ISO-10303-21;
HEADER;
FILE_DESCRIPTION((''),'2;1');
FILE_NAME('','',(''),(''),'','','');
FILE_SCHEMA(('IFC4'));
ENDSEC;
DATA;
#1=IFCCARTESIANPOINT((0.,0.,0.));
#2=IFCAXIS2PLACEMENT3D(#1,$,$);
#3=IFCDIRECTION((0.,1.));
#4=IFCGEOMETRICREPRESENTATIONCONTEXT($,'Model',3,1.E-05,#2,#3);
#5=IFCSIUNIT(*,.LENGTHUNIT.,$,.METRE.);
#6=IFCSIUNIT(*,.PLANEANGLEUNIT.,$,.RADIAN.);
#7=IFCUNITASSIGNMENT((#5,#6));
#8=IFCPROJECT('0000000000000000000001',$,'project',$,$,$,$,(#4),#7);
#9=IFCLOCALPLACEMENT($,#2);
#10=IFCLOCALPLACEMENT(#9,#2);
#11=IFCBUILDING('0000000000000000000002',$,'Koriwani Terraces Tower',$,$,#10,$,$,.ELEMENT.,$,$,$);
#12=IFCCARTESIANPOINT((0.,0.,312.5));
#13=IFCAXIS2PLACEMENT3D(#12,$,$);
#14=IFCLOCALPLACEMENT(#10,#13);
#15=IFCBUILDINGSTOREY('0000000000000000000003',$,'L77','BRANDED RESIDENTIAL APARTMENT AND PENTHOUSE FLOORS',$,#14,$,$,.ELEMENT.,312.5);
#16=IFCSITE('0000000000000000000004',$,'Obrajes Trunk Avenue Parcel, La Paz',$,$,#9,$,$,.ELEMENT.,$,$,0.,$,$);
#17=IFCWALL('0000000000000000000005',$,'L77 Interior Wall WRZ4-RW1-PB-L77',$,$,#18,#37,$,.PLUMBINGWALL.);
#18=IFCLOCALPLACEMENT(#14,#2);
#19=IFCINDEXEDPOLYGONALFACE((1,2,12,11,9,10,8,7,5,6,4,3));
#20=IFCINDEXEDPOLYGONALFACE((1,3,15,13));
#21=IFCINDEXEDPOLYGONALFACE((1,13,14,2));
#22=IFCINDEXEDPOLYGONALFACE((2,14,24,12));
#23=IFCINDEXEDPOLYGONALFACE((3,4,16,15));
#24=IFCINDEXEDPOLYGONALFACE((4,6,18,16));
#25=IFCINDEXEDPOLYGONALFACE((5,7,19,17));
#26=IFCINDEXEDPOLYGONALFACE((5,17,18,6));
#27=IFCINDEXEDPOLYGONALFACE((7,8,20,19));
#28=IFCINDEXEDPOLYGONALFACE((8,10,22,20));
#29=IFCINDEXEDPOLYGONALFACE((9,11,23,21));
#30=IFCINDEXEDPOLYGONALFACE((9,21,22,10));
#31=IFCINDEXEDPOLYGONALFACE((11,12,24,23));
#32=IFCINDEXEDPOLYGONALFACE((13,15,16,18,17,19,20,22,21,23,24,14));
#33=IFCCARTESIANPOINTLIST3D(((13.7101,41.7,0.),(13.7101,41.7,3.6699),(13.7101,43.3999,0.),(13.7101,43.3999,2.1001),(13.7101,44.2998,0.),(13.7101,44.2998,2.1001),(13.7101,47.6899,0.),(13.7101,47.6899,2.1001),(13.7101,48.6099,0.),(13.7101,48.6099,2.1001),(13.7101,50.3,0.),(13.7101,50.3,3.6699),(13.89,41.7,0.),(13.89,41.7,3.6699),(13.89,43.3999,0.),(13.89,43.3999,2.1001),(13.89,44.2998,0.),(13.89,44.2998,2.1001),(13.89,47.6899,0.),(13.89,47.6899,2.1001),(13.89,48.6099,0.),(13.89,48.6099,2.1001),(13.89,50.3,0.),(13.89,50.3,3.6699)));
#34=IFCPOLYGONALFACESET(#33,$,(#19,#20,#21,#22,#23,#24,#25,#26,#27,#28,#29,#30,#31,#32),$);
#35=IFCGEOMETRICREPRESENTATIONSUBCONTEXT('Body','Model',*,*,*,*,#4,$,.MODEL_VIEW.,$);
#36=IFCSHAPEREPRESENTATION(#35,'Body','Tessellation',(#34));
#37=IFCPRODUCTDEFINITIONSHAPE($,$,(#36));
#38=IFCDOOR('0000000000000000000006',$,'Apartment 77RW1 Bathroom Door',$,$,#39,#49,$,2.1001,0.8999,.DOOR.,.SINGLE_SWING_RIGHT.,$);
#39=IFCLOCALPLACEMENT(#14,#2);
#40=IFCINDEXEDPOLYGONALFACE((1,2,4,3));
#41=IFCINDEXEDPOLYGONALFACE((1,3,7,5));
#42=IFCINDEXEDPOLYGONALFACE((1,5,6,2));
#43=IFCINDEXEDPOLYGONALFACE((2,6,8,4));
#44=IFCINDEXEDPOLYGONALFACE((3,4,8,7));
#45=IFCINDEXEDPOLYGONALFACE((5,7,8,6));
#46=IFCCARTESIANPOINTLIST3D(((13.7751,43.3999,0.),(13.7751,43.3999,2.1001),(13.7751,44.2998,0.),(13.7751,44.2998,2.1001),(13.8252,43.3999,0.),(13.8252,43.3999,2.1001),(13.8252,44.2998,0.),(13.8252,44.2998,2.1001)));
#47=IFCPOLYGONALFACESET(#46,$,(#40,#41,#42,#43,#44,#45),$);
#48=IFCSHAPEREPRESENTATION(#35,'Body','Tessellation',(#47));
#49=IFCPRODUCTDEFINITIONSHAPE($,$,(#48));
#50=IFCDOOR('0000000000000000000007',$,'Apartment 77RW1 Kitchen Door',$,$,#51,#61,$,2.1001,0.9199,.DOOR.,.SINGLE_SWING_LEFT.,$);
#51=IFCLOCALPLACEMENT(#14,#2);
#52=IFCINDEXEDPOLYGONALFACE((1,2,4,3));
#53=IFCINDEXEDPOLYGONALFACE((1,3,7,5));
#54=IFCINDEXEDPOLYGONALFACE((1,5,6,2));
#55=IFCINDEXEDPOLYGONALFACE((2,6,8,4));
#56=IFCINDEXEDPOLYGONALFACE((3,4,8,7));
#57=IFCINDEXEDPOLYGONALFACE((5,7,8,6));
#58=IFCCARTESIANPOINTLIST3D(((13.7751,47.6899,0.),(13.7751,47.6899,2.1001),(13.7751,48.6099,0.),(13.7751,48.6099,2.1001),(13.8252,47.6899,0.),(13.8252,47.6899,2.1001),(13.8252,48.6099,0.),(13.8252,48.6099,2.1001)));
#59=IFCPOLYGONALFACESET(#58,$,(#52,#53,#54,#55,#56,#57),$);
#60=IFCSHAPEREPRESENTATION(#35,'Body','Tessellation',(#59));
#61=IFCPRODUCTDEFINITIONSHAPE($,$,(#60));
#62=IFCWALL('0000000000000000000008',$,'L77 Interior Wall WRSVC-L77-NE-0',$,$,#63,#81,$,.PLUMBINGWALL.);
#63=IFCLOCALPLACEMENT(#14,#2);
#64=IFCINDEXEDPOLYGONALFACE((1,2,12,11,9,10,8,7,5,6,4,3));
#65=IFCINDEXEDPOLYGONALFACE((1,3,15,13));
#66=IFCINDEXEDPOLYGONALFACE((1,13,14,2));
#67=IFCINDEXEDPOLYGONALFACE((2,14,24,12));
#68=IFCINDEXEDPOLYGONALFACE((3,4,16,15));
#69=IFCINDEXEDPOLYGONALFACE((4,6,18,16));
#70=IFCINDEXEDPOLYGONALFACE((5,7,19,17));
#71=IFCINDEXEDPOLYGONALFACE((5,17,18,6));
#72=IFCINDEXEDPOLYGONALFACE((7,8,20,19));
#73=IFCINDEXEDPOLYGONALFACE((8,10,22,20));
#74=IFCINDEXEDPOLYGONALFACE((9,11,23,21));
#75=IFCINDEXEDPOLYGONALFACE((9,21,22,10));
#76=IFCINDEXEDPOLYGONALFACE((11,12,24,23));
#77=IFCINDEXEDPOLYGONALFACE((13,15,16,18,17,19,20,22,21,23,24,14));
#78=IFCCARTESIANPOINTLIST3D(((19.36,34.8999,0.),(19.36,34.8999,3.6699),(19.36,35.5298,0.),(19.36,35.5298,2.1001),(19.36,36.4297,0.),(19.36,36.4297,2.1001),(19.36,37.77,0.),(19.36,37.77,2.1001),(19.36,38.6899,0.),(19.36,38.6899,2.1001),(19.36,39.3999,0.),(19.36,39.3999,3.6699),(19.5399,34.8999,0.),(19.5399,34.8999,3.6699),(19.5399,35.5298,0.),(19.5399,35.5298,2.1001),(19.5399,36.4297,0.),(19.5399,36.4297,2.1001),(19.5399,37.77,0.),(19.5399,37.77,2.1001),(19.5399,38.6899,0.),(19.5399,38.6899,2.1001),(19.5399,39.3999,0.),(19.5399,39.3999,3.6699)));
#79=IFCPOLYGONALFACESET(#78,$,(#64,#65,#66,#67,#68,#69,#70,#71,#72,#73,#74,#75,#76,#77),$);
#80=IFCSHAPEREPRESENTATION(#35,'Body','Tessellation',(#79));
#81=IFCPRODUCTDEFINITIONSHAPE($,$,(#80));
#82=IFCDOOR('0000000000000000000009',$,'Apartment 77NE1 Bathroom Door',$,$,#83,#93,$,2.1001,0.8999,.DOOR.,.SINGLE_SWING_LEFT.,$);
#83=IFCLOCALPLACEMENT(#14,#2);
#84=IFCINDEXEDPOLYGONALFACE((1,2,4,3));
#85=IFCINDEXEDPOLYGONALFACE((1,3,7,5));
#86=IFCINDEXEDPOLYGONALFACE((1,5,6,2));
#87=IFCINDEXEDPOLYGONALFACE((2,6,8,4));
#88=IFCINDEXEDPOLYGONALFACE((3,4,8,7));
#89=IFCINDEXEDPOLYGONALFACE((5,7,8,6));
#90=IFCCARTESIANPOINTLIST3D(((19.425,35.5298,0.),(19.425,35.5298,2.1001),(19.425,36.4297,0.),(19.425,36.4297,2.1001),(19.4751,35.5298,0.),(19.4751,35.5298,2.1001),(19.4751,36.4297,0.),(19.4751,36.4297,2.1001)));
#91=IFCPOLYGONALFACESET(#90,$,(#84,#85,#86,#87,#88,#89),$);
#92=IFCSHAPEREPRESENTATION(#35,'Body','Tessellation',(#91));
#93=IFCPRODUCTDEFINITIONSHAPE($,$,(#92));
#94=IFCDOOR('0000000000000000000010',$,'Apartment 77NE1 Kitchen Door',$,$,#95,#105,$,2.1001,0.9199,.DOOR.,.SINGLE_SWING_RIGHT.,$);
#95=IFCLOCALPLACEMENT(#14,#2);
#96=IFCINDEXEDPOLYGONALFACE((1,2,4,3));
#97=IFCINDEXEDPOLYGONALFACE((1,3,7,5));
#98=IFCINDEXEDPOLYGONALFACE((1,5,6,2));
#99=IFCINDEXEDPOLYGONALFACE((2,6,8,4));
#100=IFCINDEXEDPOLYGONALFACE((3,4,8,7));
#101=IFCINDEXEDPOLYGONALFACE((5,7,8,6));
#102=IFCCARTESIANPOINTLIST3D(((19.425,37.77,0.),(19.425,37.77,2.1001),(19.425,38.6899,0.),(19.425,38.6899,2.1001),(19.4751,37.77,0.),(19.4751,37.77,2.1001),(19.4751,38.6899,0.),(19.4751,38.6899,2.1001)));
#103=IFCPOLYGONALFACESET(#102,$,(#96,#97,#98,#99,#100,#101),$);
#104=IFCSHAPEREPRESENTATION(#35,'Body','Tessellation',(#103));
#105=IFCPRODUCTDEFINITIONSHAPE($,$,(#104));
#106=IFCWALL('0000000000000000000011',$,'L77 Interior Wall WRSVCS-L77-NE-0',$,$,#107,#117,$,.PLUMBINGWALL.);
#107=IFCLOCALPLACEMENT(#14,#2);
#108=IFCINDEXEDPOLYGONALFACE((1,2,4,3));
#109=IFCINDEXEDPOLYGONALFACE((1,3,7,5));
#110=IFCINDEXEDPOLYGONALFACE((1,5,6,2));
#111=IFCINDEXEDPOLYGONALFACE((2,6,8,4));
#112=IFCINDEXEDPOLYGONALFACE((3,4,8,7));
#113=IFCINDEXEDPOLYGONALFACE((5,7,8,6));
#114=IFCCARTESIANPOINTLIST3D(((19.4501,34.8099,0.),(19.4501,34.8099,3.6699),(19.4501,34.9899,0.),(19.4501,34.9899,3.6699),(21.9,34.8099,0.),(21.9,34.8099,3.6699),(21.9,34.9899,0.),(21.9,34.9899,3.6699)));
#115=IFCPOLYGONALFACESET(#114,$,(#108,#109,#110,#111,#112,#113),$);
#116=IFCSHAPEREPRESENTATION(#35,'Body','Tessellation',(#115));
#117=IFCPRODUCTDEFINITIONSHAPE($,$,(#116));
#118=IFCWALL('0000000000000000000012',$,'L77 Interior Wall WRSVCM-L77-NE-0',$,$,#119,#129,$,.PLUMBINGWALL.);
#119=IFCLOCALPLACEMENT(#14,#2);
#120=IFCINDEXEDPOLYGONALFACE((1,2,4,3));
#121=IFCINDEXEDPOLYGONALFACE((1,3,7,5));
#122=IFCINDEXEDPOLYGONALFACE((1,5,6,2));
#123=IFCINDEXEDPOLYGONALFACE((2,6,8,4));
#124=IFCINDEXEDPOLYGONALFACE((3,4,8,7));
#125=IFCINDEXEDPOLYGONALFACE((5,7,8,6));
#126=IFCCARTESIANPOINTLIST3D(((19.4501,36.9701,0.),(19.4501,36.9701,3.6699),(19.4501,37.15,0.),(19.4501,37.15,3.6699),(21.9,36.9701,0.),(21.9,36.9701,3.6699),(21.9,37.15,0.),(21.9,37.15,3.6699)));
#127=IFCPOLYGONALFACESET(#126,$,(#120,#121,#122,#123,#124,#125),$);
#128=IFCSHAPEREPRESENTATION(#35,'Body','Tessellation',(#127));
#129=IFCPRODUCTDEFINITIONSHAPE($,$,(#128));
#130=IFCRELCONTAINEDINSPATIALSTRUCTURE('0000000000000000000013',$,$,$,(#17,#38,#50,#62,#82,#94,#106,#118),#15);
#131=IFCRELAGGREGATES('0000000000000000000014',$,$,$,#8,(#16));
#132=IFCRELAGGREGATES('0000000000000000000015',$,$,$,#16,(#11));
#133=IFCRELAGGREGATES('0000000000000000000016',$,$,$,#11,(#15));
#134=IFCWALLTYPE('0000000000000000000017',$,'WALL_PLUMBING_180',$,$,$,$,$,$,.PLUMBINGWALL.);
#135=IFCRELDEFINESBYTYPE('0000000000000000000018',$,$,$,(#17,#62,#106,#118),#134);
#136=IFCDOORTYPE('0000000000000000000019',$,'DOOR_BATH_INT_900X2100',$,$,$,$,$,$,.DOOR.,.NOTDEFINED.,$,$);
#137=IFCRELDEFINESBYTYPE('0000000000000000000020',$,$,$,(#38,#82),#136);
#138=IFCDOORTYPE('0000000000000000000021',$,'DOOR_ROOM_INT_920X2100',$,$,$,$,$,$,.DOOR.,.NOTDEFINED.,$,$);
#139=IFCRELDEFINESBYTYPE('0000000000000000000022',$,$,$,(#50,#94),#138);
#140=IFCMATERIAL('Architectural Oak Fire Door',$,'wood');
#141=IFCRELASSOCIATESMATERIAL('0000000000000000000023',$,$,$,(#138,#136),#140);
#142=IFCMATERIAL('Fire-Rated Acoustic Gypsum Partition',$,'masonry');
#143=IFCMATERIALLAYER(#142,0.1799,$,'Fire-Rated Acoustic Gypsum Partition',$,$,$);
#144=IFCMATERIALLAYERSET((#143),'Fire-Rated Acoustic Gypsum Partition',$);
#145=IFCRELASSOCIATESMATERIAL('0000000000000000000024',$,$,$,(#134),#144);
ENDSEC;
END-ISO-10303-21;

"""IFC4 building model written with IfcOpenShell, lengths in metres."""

from ifc_helpers import new_model, si_unit, direction, frame, frame_2d, origin, place, context, subcontext, project, spatial, rectangle, extrude, material, layer, layer_set, type_object, element, fill, save


model = new_model("IFC4")

# Units and contexts
model_context = context("Model", 3, precision=1e-05, world=origin(), true_north=direction((0.0, 1.0)))
body_context = subcontext(model_context, "Body", "Model", "MODEL_VIEW")
ifc_project = project(units=[si_unit("LENGTHUNIT", "METRE"), si_unit("PLANEANGLEUNIT", "RADIAN")], contexts=[model_context])

# Site, building, storey
site_placement = place(None, origin())
site = spatial("IfcSite", under=ifc_project, at=site_placement, Name="Obrajes Trunk Avenue Parcel, La Paz", CompositionType="ELEMENT", RefElevation=0.0)
building_placement = place(site_placement, origin())
building = spatial("IfcBuilding", under=site, at=building_placement, Name="Koriwani Terraces Tower", CompositionType="ELEMENT")
storey_placement = place(building_placement, frame((0.0, 0.0, 312.5)))
storey = spatial("IfcBuildingStorey", under=building, at=storey_placement, Name="L77", Description="BRANDED RESIDENTIAL APARTMENT AND PENTHOUSE FLOORS", CompositionType="ELEMENT", Elevation=312.5)

# Shared definitions
ifc_material_1 = material(Name="Architectural Oak Fire Door", Category="wood")

# Shared definitions
ifc_material_2 = material(Name="Fire-Rated Acoustic Gypsum Partition", Category="masonry")
door_type_1 = type_object("IfcDoorType", Name="DOOR_ROOM_INT_920X2100", OperationType="NOTDEFINED", PredefinedType="DOOR", material=ifc_material_1)

# Walls, openings, doors
ifc_layer_1 = layer(ifc_material_2, 0.1799, Name="Fire-Rated Acoustic Gypsum Partition")
ifc_layer_set_1 = layer_set([ifc_layer_1], Name="Fire-Rated Acoustic Gypsum Partition")
wall_type_1 = type_object("IfcWallType", Name="WALL_PLUMBING_180", PredefinedType="PLUMBINGWALL", material=ifc_layer_set_1)
wall_1_placement = place(storey_placement, frame((13.8, 41.7, 0.0), z_axis=(0.0, 0.0, 1.0), x_axis=(0.0, 1.0, 0.0)))
wall_1 = element("IfcWall", 1, at=wall_1_placement, inside=storey, type_object=wall_type_1, Name="L77 Interior Wall WRZ4-RW1-PB-L77", PredefinedType="PLUMBINGWALL", context=body_context, shape_type="SweptSolid", body=[
    extrude(rectangle(XDim=8.6001, YDim=0.1799, at=frame_2d((4.3, 0.0))), origin(), (0.0, 0.0, 1.0), 3.6699),
])
opening_1_placement = place(wall_1_placement, frame((1.7, 0.0, 0.0)))
opening_1 = element("IfcOpeningElement", 2, at=opening_1_placement, cuts=wall_1, PredefinedType="OPENING", context=body_context, shape_type="SweptSolid", body=[
    extrude(rectangle(XDim=0.8999, YDim=2.1001, at=frame_2d((0.45, 1.05))), frame((0.0, 0.1001, 0.0), z_axis=(0.0, -1.0, 0.0), x_axis=(1.0, 0.0, 0.0)), (0.0, 0.0, 1.0), 0.2),
])
opening_2_placement = place(wall_1_placement, frame((5.99, 0.0, 0.0)))
opening_2 = element("IfcOpeningElement", 3, at=opening_2_placement, cuts=wall_1, PredefinedType="OPENING", context=body_context, shape_type="SweptSolid", body=[
    extrude(rectangle(XDim=0.9199, YDim=2.1001, at=frame_2d((0.46, 1.05))), frame((0.0, 0.1001, 0.0), z_axis=(0.0, -1.0, 0.0), x_axis=(1.0, 0.0, 0.0)), (0.0, 0.0, 1.0), 0.2),
])
door_type_2 = type_object("IfcDoorType", Name="DOOR_BATH_INT_900X2100", OperationType="NOTDEFINED", PredefinedType="DOOR", material=ifc_material_1)
door_1_placement = place(opening_1_placement, origin())
door_1 = element("IfcDoor", 4, at=door_1_placement, inside=storey, type_object=door_type_2, Name="Apartment 77RW1 Bathroom Door", OperationType="SINGLE_SWING_RIGHT", OverallHeight=2.1001, OverallWidth=0.8999, PredefinedType="DOOR", context=body_context, shape_type="SweptSolid", body=[
    extrude(rectangle(XDim=0.8999, YDim=2.1001, at=frame_2d((0.45, 1.05))), frame((0.0, 0.0249, 0.0), z_axis=(0.0, -1.0, 0.0), x_axis=(1.0, 0.0, 0.0)), (0.0, 0.0, 1.0), 0.05),
])
fill(opening_1, door_1)
door_2_placement = place(opening_2_placement, origin())
door_2 = element("IfcDoor", 5, at=door_2_placement, inside=storey, type_object=door_type_1, Name="Apartment 77RW1 Kitchen Door", OperationType="SINGLE_SWING_LEFT", OverallHeight=2.1001, OverallWidth=0.9199, PredefinedType="DOOR", context=body_context, shape_type="SweptSolid", body=[
    extrude(rectangle(XDim=0.9199, YDim=2.1001, at=frame_2d((0.46, 1.05))), frame((0.0, 0.0249, 0.0), z_axis=(0.0, -1.0, 0.0), x_axis=(1.0, 0.0, 0.0)), (0.0, 0.0, 1.0), 0.05),
])
fill(opening_2, door_2)
wall_2_placement = place(storey_placement, frame((19.45, 34.8999, 0.0), z_axis=(0.0, 0.0, 1.0), x_axis=(0.0, 1.0, 0.0)))
wall_2 = element("IfcWall", 6, at=wall_2_placement, inside=storey, type_object=wall_type_1, Name="L77 Interior Wall WRSVC-L77-NE-0", PredefinedType="PLUMBINGWALL", context=body_context, shape_type="SweptSolid", body=[
    extrude(rectangle(XDim=4.5, YDim=0.1799, at=frame_2d((2.25, 0.0))), origin(), (0.0, 0.0, 1.0), 3.6699),
])
opening_3_placement = place(wall_2_placement, frame((0.6299, 0.0, 0.0)))
opening_3 = element("IfcOpeningElement", 7, at=opening_3_placement, cuts=wall_2, PredefinedType="OPENING", context=body_context, shape_type="SweptSolid", body=[
    extrude(rectangle(XDim=0.8999, YDim=2.1001, at=frame_2d((0.45, 1.05))), frame((0.0, 0.1001, 0.0), z_axis=(0.0, -1.0, 0.0), x_axis=(1.0, 0.0, 0.0)), (0.0, 0.0, 1.0), 0.2),
])
opening_4_placement = place(wall_2_placement, frame((2.8701, 0.0, 0.0)))
opening_4 = element("IfcOpeningElement", 8, at=opening_4_placement, cuts=wall_2, PredefinedType="OPENING", context=body_context, shape_type="SweptSolid", body=[
    extrude(rectangle(XDim=0.9199, YDim=2.1001, at=frame_2d((0.46, 1.05))), frame((0.0, 0.1001, 0.0), z_axis=(0.0, -1.0, 0.0), x_axis=(1.0, 0.0, 0.0)), (0.0, 0.0, 1.0), 0.2),
])
door_3_placement = place(opening_3_placement, origin())
door_3 = element("IfcDoor", 9, at=door_3_placement, inside=storey, type_object=door_type_2, Name="Apartment 77NE1 Bathroom Door", OperationType="SINGLE_SWING_LEFT", OverallHeight=2.1001, OverallWidth=0.8999, PredefinedType="DOOR", context=body_context, shape_type="SweptSolid", body=[
    extrude(rectangle(XDim=0.8999, YDim=2.1001, at=frame_2d((0.45, 1.05))), frame((0.0, 0.0249, 0.0), z_axis=(0.0, -1.0, 0.0), x_axis=(1.0, 0.0, 0.0)), (0.0, 0.0, 1.0), 0.05),
])
fill(opening_3, door_3)
door_4_placement = place(opening_4_placement, origin())
door_4 = element("IfcDoor", 10, at=door_4_placement, inside=storey, type_object=door_type_1, Name="Apartment 77NE1 Kitchen Door", OperationType="SINGLE_SWING_RIGHT", OverallHeight=2.1001, OverallWidth=0.9199, PredefinedType="DOOR", context=body_context, shape_type="SweptSolid", body=[
    extrude(rectangle(XDim=0.9199, YDim=2.1001, at=frame_2d((0.46, 1.05))), frame((0.0, 0.0249, 0.0), z_axis=(0.0, -1.0, 0.0), x_axis=(1.0, 0.0, 0.0)), (0.0, 0.0, 1.0), 0.05),
])
fill(opening_4, door_4)

# Walls
for number, where, z_axis, x_axis, name in (
    (11, (19.45, 34.8999, 0.0), (0.0, 0.0, 1.0), (1.0, 0.0, 0.0), "L77 Interior Wall WRSVCS-L77-NE-0"),
    (12, (19.45, 37.0601, 0.0), (0.0, 0.0, 1.0), (1.0, 0.0, 0.0), "L77 Interior Wall WRSVCM-L77-NE-0"),
):
    element("IfcWall", number, at=place(storey_placement, frame(where, z_axis=z_axis, x_axis=x_axis)), inside=storey, type_object=wall_type_1, Name=name, PredefinedType="PLUMBINGWALL", context=body_context, shape_type="SweptSolid", body=[
        extrude(rectangle(XDim=2.45, YDim=0.1799, at=frame_2d((1.2251, 0.0))), origin(), (0.0, 0.0, 1.0), 3.6699),
    ])

save(model, "model.ifc")
